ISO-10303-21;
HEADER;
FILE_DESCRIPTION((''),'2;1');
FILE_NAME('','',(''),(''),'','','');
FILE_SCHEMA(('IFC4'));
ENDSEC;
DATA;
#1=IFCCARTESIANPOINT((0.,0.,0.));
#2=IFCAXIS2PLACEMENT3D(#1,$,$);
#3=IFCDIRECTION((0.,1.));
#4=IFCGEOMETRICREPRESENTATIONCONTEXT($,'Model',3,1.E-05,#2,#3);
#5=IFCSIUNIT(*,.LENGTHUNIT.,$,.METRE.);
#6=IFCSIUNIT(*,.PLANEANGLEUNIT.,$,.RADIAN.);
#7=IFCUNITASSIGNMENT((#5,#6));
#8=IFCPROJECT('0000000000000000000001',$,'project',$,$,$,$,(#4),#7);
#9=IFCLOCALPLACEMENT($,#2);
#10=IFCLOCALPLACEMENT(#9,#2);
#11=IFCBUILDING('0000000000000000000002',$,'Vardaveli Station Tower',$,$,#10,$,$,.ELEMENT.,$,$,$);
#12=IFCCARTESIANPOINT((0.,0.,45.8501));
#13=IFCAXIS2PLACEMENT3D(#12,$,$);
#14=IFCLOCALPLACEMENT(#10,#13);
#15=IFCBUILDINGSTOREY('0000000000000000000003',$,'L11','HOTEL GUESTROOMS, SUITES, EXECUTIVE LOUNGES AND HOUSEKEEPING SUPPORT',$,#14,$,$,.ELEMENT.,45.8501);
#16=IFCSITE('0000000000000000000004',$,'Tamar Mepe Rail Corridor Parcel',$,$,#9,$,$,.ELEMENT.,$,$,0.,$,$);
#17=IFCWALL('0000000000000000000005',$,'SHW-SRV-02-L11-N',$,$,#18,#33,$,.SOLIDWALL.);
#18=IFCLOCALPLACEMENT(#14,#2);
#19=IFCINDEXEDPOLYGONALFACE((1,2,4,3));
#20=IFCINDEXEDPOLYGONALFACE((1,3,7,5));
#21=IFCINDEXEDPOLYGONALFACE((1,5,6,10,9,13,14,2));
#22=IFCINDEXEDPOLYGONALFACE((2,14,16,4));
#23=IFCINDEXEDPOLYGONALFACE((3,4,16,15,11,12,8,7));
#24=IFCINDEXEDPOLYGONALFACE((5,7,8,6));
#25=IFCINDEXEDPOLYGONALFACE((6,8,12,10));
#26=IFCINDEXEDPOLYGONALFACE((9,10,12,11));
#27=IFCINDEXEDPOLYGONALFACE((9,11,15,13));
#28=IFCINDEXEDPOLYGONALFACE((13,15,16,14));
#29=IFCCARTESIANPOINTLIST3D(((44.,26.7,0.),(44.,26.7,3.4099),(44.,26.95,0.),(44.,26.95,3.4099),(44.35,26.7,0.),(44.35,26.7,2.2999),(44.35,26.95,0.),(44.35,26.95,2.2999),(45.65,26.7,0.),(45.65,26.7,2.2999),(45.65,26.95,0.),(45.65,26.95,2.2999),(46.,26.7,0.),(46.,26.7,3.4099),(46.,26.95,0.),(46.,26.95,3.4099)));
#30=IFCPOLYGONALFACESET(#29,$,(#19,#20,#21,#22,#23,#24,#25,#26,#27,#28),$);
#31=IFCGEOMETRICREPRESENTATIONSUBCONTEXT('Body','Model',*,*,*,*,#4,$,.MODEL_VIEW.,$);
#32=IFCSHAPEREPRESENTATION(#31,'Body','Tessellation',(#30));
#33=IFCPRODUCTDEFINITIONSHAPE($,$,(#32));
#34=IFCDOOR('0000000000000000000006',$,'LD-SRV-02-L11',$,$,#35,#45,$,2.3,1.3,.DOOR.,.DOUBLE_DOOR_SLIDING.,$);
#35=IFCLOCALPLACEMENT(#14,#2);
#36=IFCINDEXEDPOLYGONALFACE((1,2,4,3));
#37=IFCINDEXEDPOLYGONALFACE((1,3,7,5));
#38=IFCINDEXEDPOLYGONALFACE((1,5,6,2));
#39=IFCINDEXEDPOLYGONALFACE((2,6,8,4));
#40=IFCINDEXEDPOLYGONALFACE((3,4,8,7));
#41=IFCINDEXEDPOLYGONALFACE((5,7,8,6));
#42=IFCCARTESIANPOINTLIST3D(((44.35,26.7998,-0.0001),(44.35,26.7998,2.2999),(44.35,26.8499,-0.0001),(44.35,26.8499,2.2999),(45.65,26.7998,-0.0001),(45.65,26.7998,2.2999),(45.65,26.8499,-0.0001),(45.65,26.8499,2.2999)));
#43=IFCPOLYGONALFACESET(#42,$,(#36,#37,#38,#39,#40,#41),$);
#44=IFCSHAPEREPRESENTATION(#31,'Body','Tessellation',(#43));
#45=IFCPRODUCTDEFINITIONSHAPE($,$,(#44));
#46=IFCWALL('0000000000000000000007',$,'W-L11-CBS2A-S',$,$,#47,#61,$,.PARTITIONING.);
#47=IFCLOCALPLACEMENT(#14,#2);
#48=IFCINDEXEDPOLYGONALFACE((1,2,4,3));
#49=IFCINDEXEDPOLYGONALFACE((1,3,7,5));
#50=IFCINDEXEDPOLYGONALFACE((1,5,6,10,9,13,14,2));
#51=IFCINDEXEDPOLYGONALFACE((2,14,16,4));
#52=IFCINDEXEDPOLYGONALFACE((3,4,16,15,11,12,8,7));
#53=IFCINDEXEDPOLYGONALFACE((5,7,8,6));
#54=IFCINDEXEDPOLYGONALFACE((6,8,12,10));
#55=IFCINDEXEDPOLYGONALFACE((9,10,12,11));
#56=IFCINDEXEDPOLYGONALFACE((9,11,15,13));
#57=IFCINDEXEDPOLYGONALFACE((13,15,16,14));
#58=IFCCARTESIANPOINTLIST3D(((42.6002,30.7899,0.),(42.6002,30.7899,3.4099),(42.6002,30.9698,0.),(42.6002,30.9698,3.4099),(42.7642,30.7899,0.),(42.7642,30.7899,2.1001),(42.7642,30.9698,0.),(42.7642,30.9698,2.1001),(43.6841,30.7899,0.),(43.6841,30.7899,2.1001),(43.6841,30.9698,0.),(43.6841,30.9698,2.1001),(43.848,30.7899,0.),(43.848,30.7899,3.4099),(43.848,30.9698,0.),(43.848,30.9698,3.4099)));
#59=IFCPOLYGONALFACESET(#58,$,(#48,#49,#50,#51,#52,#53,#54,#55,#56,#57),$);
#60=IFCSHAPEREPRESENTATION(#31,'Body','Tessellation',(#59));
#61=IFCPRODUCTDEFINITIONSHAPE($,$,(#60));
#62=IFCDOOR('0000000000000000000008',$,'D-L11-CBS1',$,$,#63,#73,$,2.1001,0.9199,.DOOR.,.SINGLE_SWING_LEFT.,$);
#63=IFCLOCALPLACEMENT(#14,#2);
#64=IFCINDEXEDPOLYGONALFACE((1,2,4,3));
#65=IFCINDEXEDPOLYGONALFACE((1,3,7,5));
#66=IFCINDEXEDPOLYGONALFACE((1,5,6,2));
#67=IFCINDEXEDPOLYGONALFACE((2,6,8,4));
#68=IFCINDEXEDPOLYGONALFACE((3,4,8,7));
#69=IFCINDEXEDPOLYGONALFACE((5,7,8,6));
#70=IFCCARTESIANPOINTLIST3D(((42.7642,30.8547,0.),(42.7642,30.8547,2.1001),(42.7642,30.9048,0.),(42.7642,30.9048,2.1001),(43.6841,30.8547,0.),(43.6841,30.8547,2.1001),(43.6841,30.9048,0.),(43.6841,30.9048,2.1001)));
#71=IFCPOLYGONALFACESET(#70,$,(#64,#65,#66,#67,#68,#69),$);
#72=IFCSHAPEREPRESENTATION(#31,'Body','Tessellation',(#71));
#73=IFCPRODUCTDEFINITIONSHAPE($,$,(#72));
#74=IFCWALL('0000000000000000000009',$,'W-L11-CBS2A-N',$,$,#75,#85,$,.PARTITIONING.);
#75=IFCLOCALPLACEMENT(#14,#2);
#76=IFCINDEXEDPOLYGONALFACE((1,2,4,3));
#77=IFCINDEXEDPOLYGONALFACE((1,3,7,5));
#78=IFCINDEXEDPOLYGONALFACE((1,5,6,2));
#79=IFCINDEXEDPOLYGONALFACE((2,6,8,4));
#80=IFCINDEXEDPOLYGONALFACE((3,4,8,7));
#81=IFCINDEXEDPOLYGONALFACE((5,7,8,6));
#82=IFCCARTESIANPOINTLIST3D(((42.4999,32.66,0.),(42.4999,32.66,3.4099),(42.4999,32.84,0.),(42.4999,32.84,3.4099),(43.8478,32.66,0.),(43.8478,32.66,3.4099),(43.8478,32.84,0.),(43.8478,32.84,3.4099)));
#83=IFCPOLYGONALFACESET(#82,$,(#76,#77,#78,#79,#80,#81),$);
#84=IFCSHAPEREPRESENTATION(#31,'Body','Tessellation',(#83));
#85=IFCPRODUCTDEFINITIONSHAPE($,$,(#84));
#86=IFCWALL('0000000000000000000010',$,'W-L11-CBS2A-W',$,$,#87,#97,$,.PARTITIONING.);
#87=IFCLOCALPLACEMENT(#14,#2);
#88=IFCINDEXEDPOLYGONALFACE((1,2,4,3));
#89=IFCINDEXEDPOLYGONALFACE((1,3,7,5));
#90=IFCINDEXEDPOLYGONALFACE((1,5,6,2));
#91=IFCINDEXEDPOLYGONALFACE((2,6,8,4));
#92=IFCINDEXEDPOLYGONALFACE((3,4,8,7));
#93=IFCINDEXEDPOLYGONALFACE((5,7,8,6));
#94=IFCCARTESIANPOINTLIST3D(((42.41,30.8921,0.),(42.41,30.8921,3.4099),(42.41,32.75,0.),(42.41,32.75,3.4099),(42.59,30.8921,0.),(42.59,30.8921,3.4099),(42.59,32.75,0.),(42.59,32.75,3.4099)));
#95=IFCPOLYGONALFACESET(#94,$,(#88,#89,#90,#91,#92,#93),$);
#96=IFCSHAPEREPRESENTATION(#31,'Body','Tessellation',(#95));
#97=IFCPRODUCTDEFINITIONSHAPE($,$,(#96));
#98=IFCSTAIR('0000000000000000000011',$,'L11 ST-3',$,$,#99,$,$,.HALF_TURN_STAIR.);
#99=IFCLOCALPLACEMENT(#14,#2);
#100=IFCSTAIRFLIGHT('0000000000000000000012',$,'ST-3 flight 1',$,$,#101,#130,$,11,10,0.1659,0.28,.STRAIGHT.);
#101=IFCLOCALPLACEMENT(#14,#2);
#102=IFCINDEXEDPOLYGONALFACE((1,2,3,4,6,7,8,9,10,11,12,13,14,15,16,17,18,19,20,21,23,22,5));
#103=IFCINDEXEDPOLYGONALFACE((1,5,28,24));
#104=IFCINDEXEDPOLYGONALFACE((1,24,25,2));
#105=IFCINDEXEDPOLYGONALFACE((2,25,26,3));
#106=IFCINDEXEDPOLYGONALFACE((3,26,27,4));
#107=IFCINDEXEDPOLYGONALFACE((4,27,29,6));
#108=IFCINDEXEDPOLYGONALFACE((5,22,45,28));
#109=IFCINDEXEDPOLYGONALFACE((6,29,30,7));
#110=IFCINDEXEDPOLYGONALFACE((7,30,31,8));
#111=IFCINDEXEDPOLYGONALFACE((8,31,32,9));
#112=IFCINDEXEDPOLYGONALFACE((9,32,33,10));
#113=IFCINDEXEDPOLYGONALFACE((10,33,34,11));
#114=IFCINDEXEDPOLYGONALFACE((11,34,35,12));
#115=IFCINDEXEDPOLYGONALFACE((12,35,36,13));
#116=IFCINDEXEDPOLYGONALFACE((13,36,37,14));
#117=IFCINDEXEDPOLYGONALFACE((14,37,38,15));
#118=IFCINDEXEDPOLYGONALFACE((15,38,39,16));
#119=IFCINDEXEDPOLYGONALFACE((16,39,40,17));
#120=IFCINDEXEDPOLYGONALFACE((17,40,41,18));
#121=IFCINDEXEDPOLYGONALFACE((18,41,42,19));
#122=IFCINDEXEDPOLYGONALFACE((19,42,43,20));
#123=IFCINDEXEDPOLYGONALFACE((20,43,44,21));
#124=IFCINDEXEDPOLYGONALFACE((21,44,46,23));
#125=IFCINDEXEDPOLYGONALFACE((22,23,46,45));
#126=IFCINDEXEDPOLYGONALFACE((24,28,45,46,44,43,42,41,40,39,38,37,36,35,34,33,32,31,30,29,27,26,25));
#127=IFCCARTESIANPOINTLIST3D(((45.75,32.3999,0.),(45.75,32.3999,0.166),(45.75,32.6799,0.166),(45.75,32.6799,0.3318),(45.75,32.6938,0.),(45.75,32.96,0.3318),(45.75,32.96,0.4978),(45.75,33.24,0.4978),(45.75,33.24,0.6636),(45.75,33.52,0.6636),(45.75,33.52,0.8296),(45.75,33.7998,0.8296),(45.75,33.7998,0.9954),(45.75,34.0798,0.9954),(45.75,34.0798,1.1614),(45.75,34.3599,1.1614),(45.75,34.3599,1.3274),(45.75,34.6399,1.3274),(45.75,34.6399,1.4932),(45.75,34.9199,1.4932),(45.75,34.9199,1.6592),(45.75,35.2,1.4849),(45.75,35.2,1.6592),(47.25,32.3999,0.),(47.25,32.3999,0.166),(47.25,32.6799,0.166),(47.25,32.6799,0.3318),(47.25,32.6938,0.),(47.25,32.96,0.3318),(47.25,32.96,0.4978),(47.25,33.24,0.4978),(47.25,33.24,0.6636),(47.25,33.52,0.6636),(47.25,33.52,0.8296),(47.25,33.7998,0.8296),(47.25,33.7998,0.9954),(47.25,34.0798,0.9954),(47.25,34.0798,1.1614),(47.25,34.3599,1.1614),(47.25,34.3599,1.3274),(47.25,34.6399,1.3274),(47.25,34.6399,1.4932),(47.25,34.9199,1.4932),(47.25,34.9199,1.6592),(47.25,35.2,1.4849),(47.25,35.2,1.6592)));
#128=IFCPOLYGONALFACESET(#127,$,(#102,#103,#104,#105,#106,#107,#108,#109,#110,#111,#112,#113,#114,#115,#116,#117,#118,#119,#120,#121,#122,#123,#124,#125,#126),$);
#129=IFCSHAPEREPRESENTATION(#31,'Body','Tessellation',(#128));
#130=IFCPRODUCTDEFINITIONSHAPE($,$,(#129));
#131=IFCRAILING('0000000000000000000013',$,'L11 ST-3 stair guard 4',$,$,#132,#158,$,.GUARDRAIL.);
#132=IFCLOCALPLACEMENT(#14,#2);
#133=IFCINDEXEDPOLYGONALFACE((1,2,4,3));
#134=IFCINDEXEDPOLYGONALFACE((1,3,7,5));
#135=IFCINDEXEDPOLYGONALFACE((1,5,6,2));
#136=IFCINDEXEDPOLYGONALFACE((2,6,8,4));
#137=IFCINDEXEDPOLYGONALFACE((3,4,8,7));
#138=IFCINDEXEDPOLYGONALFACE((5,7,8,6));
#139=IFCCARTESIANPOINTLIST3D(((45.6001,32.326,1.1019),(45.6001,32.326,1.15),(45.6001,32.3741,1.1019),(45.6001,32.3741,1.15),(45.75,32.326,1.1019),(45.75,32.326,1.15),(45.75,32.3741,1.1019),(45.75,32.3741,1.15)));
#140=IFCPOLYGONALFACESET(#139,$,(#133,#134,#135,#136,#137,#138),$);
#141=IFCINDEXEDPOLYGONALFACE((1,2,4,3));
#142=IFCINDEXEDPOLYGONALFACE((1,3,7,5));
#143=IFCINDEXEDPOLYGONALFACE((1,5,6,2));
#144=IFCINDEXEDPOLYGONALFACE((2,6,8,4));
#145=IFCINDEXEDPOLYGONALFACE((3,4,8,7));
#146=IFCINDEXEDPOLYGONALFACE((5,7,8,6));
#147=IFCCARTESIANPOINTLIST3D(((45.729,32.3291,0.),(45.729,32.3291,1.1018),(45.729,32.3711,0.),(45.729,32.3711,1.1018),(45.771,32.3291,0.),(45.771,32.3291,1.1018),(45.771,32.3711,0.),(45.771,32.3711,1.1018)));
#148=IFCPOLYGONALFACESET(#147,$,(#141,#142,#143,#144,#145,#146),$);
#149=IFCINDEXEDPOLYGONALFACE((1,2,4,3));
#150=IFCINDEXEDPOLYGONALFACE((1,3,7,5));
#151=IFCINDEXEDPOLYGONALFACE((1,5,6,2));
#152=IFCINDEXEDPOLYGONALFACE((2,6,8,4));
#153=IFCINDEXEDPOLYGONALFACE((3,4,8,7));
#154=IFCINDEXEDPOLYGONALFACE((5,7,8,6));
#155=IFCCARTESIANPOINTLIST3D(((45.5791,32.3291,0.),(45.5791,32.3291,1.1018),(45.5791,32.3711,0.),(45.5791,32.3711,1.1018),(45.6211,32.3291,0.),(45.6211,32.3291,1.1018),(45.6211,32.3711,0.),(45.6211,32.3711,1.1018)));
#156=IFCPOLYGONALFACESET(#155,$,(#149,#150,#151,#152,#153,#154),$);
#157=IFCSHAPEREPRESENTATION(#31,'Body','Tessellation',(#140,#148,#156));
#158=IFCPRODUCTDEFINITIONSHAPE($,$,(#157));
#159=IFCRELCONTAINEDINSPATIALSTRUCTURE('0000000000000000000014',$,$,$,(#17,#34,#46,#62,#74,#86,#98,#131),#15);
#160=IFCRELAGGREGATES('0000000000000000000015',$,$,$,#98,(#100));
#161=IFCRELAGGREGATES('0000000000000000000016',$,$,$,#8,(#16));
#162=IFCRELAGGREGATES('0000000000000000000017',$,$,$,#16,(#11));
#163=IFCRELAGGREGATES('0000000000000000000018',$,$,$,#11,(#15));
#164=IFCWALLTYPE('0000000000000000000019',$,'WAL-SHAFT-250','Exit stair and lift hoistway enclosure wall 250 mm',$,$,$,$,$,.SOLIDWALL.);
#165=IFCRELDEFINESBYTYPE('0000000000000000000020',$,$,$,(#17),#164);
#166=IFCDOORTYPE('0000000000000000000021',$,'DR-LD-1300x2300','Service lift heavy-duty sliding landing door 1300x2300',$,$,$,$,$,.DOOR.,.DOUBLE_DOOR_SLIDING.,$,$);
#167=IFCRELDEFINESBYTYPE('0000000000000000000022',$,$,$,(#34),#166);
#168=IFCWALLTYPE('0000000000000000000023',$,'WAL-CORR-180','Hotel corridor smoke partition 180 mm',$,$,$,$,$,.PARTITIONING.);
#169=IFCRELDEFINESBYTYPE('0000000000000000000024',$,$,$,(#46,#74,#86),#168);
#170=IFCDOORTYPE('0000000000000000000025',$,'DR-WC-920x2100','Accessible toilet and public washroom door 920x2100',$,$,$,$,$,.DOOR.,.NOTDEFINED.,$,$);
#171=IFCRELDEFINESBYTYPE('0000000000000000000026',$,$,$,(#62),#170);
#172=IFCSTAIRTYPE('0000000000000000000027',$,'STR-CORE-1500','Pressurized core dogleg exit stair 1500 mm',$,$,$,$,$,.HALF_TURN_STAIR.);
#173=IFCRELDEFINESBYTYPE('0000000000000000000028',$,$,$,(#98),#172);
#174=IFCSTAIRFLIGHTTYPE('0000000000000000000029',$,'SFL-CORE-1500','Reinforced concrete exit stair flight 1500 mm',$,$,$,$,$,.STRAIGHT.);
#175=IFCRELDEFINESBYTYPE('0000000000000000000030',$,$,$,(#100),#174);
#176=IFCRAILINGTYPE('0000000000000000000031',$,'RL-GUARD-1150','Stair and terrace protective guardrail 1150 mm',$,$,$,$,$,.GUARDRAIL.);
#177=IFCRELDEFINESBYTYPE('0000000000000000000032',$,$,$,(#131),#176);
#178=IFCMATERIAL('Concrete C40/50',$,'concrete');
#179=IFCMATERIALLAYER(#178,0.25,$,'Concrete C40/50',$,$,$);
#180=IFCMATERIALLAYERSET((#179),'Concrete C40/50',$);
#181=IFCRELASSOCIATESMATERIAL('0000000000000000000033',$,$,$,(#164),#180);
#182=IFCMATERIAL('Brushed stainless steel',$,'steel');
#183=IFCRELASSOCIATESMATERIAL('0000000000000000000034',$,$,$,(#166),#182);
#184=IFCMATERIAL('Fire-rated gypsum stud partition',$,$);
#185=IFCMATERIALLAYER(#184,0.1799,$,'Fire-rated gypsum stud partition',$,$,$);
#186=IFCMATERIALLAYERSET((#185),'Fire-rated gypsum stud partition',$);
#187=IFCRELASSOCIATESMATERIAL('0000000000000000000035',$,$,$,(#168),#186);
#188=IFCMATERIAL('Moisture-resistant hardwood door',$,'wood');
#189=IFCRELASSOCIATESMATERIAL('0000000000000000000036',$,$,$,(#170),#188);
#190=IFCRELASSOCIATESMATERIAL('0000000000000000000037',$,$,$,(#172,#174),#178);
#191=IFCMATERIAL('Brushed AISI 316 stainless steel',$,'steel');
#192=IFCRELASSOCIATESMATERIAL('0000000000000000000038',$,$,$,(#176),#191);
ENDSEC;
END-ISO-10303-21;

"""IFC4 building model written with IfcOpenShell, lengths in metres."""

from ifc_helpers import new_model, si_unit, direction, frame, frame_2d, origin, origin_2d, place, context, subcontext, project, spatial, polyline, rectangle, outline, extrude, source, transform, mapped, material, layer, layer_set, type_object, element, fill, aggregate, save


model = new_model("IFC4")

# Units and contexts
model_context = context("Model", 3, precision=1e-05, world=origin(), true_north=direction((0.0, 1.0)))
body_context = subcontext(model_context, "Body", "Model", "MODEL_VIEW")
ifc_project = project(units=[si_unit("LENGTHUNIT", "METRE"), si_unit("PLANEANGLEUNIT", "RADIAN")], contexts=[model_context])

# Site, building, storey
site_placement = place(None, origin())
site = spatial("IfcSite", under=ifc_project, at=site_placement, Name="Tamar Mepe Rail Corridor Parcel", CompositionType="ELEMENT", RefElevation=0.0)
building_placement = place(site_placement, origin())
building = spatial("IfcBuilding", under=site, at=building_placement, Name="Vardaveli Station Tower", CompositionType="ELEMENT")
storey_placement = place(building_placement, frame((0.0, 0.0, 45.8501)))
storey = spatial("IfcBuildingStorey", under=building, at=storey_placement, Name="L11", Description="HOTEL GUESTROOMS, SUITES, EXECUTIVE LOUNGES AND HOUSEKEEPING SUPPORT", CompositionType="ELEMENT", Elevation=45.8501)

# Shared definitions
ifc_material_1 = material(Name="Concrete C40/50", Category="concrete")
ifc_layer_1 = layer(ifc_material_1, 0.25, Name="Concrete C40/50")
ifc_layer_set_1 = layer_set([ifc_layer_1], Name="Concrete C40/50")
wall_type_1 = type_object("IfcWallType", Name="WAL-SHAFT-250", Description="Exit stair and lift hoistway enclosure wall 250 mm", PredefinedType="SOLIDWALL", material=ifc_layer_set_1)

# Walls, openings, doors
shared_shape_1 = source(origin(), body_context, "Body", "SweptSolid", [
    extrude(rectangle(XDim=1.3, YDim=2.3, at=frame_2d((0.6499, 1.1499))), frame((0.0, 0.135, 0.0), z_axis=(0.0, -1.0, 0.0), x_axis=(1.0, 0.0, 0.0)), (0.0, 0.0, 1.0), 0.27),
])
ifc_material_2 = material(Name="Brushed stainless steel", Category="steel")
door_type_1 = type_object("IfcDoorType", Name="DR-LD-1300x2300", Description="Service lift heavy-duty sliding landing door 1300x2300", OperationType="DOUBLE_DOOR_SLIDING", PredefinedType="DOOR", material=ifc_material_2)
shared_shape_2 = source(origin(), body_context, "Body", "SweptSolid", [
    extrude(rectangle(XDim=1.3, YDim=2.3, at=frame_2d((0.6499, 1.1499))), frame((0.0, 0.0249, 0.0), z_axis=(0.0, -1.0, 0.0), x_axis=(1.0, 0.0, 0.0)), (0.0, 0.0, 1.0), 0.05),
])
shared_shape_3 = source(origin(), body_context, "Body", "SweptSolid", [
    extrude(rectangle(XDim=2.0, YDim=0.25, at=frame_2d((1.0, 0.0))), origin(), (0.0, 0.0, 1.0), 3.4099),
])
wall_1_placement = place(storey_placement, frame((44.0, 26.825, 0.0), z_axis=(0.0, 0.0, 1.0), x_axis=(1.0, 0.0, 0.0)))
wall_1 = element("IfcWall", 1, at=wall_1_placement, inside=storey, type_object=wall_type_1, Name="SHW-SRV-02-L11-N", PredefinedType="SOLIDWALL", context=body_context, shape_type="MappedRepresentation", body=[
    mapped(shared_shape_3, transform((0.0, 0.0, 0.0), scale=1.0)),
])
opening_1_placement = place(wall_1_placement, frame((0.3501, 0.0, 0.0)))
opening_1 = element("IfcOpeningElement", 2, at=opening_1_placement, cuts=wall_1, PredefinedType="OPENING", context=body_context, shape_type="MappedRepresentation", body=[
    mapped(shared_shape_1, transform((0.0, 0.0, 0.0), scale=1.0)),
])
door_1_placement = place(opening_1_placement, origin())
door_1 = element("IfcDoor", 3, at=door_1_placement, inside=storey, type_object=door_type_1, Name="LD-SRV-02-L11", OperationType="DOUBLE_DOOR_SLIDING", OverallHeight=2.3, OverallWidth=1.3, PredefinedType="DOOR", context=body_context, shape_type="MappedRepresentation", body=[
    mapped(shared_shape_2, transform((0.0, 0.0, 0.0), scale=1.0)),
])
fill(opening_1, door_1)
ifc_material_3 = material(Name="Fire-rated gypsum stud partition")
ifc_layer_2 = layer(ifc_material_3, 0.1799, Name="Fire-rated gypsum stud partition")
ifc_layer_set_2 = layer_set([ifc_layer_2], Name="Fire-rated gypsum stud partition")
wall_type_2 = type_object("IfcWallType", Name="WAL-CORR-180", Description="Hotel corridor smoke partition 180 mm", PredefinedType="PARTITIONING", material=ifc_layer_set_2)
shared_shape_4 = source(origin(), body_context, "Body", "SweptSolid", [
    extrude(rectangle(XDim=1.2478, YDim=0.1799, at=frame_2d((0.624, 0.0))), origin(), (0.0, 0.0, 1.0), 3.4099),
])
wall_2_placement = place(storey_placement, frame((42.6001, 30.8799, 0.0), z_axis=(0.0, 0.0, 1.0), x_axis=(1.0, 0.0, 0.0)))
wall_2 = element("IfcWall", 4, at=wall_2_placement, inside=storey, type_object=wall_type_2, Name="W-L11-CBS2A-S", PredefinedType="PARTITIONING", context=body_context, shape_type="MappedRepresentation", body=[
    mapped(shared_shape_4, transform((0.0, 0.0, 0.0), scale=1.0)),
])
shared_shape_5 = source(origin(), body_context, "Body", "SweptSolid", [
    extrude(rectangle(XDim=0.9199, YDim=2.1001, at=frame_2d((0.46, 1.05))), frame((0.0, 0.1001, 0.0), z_axis=(0.0, -1.0, 0.0), x_axis=(1.0, 0.0, 0.0)), (0.0, 0.0, 1.0), 0.2),
])
opening_2_placement = place(wall_2_placement, frame((0.1641, 0.0, 0.0)))
opening_2 = element("IfcOpeningElement", 5, at=opening_2_placement, cuts=wall_2, PredefinedType="OPENING", context=body_context, shape_type="MappedRepresentation", body=[
    mapped(shared_shape_5, transform((0.0, 0.0, 0.0), scale=1.0)),
])
ifc_material_4 = material(Name="Moisture-resistant hardwood door", Category="wood")
door_type_2 = type_object("IfcDoorType", Name="DR-WC-920x2100", Description="Accessible toilet and public washroom door 920x2100", OperationType="NOTDEFINED", PredefinedType="DOOR", material=ifc_material_4)
shared_shape_6 = source(origin(), body_context, "Body", "SweptSolid", [
    extrude(rectangle(XDim=0.9199, YDim=2.1001, at=frame_2d((0.46, 1.05))), frame((0.0, 0.0249, 0.0), z_axis=(0.0, -1.0, 0.0), x_axis=(1.0, 0.0, 0.0)), (0.0, 0.0, 1.0), 0.05),
])
door_2_placement = place(opening_2_placement, origin())
door_2 = element("IfcDoor", 6, at=door_2_placement, inside=storey, type_object=door_type_2, Name="D-L11-CBS1", OperationType="SINGLE_SWING_LEFT", OverallHeight=2.1001, OverallWidth=0.9199, PredefinedType="DOOR", context=body_context, shape_type="MappedRepresentation", body=[
    mapped(shared_shape_6, transform((0.0, 0.0, 0.0), scale=1.0)),
])
fill(opening_2, door_2)

# Walls
shared_shape_7 = source(origin(), body_context, "Body", "SweptSolid", [
    extrude(rectangle(XDim=1.3479, YDim=0.1799, at=frame_2d((0.6738, 0.0))), origin(), (0.0, 0.0, 1.0), 3.4099),
])
wall_3_placement = place(storey_placement, frame((42.5, 32.75, 0.0), z_axis=(0.0, 0.0, 1.0), x_axis=(1.0, 0.0, 0.0)))
element("IfcWall", 7, at=wall_3_placement, inside=storey, type_object=wall_type_2, Name="W-L11-CBS2A-N", PredefinedType="PARTITIONING", context=body_context, shape_type="MappedRepresentation", body=[
    mapped(shared_shape_7, transform((0.0, 0.0, 0.0), scale=1.0)),
])
shared_shape_8 = source(origin(), body_context, "Body", "SweptSolid", [
    extrude(rectangle(XDim=1.8579, YDim=0.1799, at=frame_2d((0.929, 0.0))), origin(), (0.0, 0.0, 1.0), 3.4099),
])
wall_4_placement = place(storey_placement, frame((42.5, 30.8921, 0.0), z_axis=(0.0, 0.0, 1.0), x_axis=(0.0, 1.0, 0.0)))
element("IfcWall", 8, at=wall_4_placement, inside=storey, type_object=wall_type_2, Name="W-L11-CBS2A-W", PredefinedType="PARTITIONING", context=body_context, shape_type="MappedRepresentation", body=[
    mapped(shared_shape_8, transform((0.0, 0.0, 0.0), scale=1.0)),
])

# Stair, stair flight
stair_type = type_object("IfcStairType", Name="STR-CORE-1500", Description="Pressurized core dogleg exit stair 1500 mm", PredefinedType="HALF_TURN_STAIR", material=ifc_material_1)
stair_placement = place(storey_placement, origin())
stair = element("IfcStair", 9, at=stair_placement, inside=storey, type_object=stair_type, Name="L11 ST-3", PredefinedType="HALF_TURN_STAIR")
stair_flight_type = type_object("IfcStairFlightType", Name="SFL-CORE-1500", Description="Reinforced concrete exit stair flight 1500 mm", PredefinedType="STRAIGHT", material=ifc_material_1)
shared_shape_9 = source(origin(), body_context, "Body", "SweptSolid", [
    extrude(outline(polyline([(0.0, 0.0), (0.0, 0.166), (0.28, 0.166), (0.28, 0.3318), (0.5601, 0.3318), (0.5601, 0.4978), (0.8401, 0.4978), (0.8401, 0.6636), (1.1201, 0.6636), (1.1201, 0.8296), (1.3999, 0.8296), (1.3999, 0.9954), (1.6799, 0.9954), (1.6799, 1.1614), (1.96, 1.1614), (1.96, 1.3274), (2.24, 1.3274), (2.24, 1.4932), (2.52, 1.4932), (2.52, 1.6592), (2.8, 1.6592), (2.8, 1.825), (2.8, 1.4849), (0.2939, 0.0), (0.0, 0.0)])), frame((0.0, 0.75, 0.0), z_axis=(0.0, -1.0, 0.0), x_axis=(1.0, 0.0, 0.0)), (0.0, 0.0, 1.0), 1.5),
])
stair_flight_placement = place(storey_placement, frame((46.5, 32.3999, 0.0), z_axis=(0.0, 0.0, 1.0), x_axis=(0.0, 1.0, 0.0)))
stair_flight = element("IfcStairFlight", 10, at=stair_flight_placement, type_object=stair_flight_type, Name="ST-3 flight 1", NumberOfRisers=11, NumberOfTreads=10, PredefinedType="STRAIGHT", RiserHeight=0.1659, TreadLength=0.28, context=body_context, shape_type="MappedRepresentation", body=[
    mapped(shared_shape_9, transform((0.0, 0.0, 0.0), scale=1.0)),
])
aggregate(stair, [stair_flight])

# Railing
ifc_material_5 = material(Name="Brushed AISI 316 stainless steel", Category="steel")
railing_type_1 = type_object("IfcRailingType", Name="RL-GUARD-1150", Description="Stair and terrace protective guardrail 1150 mm", PredefinedType="GUARDRAIL", material=ifc_material_5)
shared_shape_10 = source(origin(), body_context, "Body", "SweptSolid", [
    extrude(rectangle(XDim=0.0481, YDim=0.0481, at=origin_2d()), frame((0.0, 0.0, 1.126), z_axis=(-1.0, 0.0, 0.0), x_axis=(0.0, -1.0, 0.0)), (0.0, 0.0, 1.0), 0.1499),
    extrude(rectangle(XDim=0.042, YDim=0.042, at=origin_2d()), origin(), (0.0, 0.0, 1.0), 1.1018),
    extrude(rectangle(XDim=0.042, YDim=0.042, at=origin_2d()), frame((-0.1499, 0.0, 0.0)), (0.0, 0.0, 1.0), 1.1018),
])
railing_1_placement = place(storey_placement, frame((45.75, 32.3501, 0.0)))
element("IfcRailing", 11, at=railing_1_placement, inside=storey, type_object=railing_type_1, Name="L11 ST-3 stair guard 4", PredefinedType="GUARDRAIL", context=body_context, shape_type="MappedRepresentation", body=[
    mapped(shared_shape_10, transform((0.0, 0.0, 0.0), scale=1.0)),
])

save(model, "model.ifc")
